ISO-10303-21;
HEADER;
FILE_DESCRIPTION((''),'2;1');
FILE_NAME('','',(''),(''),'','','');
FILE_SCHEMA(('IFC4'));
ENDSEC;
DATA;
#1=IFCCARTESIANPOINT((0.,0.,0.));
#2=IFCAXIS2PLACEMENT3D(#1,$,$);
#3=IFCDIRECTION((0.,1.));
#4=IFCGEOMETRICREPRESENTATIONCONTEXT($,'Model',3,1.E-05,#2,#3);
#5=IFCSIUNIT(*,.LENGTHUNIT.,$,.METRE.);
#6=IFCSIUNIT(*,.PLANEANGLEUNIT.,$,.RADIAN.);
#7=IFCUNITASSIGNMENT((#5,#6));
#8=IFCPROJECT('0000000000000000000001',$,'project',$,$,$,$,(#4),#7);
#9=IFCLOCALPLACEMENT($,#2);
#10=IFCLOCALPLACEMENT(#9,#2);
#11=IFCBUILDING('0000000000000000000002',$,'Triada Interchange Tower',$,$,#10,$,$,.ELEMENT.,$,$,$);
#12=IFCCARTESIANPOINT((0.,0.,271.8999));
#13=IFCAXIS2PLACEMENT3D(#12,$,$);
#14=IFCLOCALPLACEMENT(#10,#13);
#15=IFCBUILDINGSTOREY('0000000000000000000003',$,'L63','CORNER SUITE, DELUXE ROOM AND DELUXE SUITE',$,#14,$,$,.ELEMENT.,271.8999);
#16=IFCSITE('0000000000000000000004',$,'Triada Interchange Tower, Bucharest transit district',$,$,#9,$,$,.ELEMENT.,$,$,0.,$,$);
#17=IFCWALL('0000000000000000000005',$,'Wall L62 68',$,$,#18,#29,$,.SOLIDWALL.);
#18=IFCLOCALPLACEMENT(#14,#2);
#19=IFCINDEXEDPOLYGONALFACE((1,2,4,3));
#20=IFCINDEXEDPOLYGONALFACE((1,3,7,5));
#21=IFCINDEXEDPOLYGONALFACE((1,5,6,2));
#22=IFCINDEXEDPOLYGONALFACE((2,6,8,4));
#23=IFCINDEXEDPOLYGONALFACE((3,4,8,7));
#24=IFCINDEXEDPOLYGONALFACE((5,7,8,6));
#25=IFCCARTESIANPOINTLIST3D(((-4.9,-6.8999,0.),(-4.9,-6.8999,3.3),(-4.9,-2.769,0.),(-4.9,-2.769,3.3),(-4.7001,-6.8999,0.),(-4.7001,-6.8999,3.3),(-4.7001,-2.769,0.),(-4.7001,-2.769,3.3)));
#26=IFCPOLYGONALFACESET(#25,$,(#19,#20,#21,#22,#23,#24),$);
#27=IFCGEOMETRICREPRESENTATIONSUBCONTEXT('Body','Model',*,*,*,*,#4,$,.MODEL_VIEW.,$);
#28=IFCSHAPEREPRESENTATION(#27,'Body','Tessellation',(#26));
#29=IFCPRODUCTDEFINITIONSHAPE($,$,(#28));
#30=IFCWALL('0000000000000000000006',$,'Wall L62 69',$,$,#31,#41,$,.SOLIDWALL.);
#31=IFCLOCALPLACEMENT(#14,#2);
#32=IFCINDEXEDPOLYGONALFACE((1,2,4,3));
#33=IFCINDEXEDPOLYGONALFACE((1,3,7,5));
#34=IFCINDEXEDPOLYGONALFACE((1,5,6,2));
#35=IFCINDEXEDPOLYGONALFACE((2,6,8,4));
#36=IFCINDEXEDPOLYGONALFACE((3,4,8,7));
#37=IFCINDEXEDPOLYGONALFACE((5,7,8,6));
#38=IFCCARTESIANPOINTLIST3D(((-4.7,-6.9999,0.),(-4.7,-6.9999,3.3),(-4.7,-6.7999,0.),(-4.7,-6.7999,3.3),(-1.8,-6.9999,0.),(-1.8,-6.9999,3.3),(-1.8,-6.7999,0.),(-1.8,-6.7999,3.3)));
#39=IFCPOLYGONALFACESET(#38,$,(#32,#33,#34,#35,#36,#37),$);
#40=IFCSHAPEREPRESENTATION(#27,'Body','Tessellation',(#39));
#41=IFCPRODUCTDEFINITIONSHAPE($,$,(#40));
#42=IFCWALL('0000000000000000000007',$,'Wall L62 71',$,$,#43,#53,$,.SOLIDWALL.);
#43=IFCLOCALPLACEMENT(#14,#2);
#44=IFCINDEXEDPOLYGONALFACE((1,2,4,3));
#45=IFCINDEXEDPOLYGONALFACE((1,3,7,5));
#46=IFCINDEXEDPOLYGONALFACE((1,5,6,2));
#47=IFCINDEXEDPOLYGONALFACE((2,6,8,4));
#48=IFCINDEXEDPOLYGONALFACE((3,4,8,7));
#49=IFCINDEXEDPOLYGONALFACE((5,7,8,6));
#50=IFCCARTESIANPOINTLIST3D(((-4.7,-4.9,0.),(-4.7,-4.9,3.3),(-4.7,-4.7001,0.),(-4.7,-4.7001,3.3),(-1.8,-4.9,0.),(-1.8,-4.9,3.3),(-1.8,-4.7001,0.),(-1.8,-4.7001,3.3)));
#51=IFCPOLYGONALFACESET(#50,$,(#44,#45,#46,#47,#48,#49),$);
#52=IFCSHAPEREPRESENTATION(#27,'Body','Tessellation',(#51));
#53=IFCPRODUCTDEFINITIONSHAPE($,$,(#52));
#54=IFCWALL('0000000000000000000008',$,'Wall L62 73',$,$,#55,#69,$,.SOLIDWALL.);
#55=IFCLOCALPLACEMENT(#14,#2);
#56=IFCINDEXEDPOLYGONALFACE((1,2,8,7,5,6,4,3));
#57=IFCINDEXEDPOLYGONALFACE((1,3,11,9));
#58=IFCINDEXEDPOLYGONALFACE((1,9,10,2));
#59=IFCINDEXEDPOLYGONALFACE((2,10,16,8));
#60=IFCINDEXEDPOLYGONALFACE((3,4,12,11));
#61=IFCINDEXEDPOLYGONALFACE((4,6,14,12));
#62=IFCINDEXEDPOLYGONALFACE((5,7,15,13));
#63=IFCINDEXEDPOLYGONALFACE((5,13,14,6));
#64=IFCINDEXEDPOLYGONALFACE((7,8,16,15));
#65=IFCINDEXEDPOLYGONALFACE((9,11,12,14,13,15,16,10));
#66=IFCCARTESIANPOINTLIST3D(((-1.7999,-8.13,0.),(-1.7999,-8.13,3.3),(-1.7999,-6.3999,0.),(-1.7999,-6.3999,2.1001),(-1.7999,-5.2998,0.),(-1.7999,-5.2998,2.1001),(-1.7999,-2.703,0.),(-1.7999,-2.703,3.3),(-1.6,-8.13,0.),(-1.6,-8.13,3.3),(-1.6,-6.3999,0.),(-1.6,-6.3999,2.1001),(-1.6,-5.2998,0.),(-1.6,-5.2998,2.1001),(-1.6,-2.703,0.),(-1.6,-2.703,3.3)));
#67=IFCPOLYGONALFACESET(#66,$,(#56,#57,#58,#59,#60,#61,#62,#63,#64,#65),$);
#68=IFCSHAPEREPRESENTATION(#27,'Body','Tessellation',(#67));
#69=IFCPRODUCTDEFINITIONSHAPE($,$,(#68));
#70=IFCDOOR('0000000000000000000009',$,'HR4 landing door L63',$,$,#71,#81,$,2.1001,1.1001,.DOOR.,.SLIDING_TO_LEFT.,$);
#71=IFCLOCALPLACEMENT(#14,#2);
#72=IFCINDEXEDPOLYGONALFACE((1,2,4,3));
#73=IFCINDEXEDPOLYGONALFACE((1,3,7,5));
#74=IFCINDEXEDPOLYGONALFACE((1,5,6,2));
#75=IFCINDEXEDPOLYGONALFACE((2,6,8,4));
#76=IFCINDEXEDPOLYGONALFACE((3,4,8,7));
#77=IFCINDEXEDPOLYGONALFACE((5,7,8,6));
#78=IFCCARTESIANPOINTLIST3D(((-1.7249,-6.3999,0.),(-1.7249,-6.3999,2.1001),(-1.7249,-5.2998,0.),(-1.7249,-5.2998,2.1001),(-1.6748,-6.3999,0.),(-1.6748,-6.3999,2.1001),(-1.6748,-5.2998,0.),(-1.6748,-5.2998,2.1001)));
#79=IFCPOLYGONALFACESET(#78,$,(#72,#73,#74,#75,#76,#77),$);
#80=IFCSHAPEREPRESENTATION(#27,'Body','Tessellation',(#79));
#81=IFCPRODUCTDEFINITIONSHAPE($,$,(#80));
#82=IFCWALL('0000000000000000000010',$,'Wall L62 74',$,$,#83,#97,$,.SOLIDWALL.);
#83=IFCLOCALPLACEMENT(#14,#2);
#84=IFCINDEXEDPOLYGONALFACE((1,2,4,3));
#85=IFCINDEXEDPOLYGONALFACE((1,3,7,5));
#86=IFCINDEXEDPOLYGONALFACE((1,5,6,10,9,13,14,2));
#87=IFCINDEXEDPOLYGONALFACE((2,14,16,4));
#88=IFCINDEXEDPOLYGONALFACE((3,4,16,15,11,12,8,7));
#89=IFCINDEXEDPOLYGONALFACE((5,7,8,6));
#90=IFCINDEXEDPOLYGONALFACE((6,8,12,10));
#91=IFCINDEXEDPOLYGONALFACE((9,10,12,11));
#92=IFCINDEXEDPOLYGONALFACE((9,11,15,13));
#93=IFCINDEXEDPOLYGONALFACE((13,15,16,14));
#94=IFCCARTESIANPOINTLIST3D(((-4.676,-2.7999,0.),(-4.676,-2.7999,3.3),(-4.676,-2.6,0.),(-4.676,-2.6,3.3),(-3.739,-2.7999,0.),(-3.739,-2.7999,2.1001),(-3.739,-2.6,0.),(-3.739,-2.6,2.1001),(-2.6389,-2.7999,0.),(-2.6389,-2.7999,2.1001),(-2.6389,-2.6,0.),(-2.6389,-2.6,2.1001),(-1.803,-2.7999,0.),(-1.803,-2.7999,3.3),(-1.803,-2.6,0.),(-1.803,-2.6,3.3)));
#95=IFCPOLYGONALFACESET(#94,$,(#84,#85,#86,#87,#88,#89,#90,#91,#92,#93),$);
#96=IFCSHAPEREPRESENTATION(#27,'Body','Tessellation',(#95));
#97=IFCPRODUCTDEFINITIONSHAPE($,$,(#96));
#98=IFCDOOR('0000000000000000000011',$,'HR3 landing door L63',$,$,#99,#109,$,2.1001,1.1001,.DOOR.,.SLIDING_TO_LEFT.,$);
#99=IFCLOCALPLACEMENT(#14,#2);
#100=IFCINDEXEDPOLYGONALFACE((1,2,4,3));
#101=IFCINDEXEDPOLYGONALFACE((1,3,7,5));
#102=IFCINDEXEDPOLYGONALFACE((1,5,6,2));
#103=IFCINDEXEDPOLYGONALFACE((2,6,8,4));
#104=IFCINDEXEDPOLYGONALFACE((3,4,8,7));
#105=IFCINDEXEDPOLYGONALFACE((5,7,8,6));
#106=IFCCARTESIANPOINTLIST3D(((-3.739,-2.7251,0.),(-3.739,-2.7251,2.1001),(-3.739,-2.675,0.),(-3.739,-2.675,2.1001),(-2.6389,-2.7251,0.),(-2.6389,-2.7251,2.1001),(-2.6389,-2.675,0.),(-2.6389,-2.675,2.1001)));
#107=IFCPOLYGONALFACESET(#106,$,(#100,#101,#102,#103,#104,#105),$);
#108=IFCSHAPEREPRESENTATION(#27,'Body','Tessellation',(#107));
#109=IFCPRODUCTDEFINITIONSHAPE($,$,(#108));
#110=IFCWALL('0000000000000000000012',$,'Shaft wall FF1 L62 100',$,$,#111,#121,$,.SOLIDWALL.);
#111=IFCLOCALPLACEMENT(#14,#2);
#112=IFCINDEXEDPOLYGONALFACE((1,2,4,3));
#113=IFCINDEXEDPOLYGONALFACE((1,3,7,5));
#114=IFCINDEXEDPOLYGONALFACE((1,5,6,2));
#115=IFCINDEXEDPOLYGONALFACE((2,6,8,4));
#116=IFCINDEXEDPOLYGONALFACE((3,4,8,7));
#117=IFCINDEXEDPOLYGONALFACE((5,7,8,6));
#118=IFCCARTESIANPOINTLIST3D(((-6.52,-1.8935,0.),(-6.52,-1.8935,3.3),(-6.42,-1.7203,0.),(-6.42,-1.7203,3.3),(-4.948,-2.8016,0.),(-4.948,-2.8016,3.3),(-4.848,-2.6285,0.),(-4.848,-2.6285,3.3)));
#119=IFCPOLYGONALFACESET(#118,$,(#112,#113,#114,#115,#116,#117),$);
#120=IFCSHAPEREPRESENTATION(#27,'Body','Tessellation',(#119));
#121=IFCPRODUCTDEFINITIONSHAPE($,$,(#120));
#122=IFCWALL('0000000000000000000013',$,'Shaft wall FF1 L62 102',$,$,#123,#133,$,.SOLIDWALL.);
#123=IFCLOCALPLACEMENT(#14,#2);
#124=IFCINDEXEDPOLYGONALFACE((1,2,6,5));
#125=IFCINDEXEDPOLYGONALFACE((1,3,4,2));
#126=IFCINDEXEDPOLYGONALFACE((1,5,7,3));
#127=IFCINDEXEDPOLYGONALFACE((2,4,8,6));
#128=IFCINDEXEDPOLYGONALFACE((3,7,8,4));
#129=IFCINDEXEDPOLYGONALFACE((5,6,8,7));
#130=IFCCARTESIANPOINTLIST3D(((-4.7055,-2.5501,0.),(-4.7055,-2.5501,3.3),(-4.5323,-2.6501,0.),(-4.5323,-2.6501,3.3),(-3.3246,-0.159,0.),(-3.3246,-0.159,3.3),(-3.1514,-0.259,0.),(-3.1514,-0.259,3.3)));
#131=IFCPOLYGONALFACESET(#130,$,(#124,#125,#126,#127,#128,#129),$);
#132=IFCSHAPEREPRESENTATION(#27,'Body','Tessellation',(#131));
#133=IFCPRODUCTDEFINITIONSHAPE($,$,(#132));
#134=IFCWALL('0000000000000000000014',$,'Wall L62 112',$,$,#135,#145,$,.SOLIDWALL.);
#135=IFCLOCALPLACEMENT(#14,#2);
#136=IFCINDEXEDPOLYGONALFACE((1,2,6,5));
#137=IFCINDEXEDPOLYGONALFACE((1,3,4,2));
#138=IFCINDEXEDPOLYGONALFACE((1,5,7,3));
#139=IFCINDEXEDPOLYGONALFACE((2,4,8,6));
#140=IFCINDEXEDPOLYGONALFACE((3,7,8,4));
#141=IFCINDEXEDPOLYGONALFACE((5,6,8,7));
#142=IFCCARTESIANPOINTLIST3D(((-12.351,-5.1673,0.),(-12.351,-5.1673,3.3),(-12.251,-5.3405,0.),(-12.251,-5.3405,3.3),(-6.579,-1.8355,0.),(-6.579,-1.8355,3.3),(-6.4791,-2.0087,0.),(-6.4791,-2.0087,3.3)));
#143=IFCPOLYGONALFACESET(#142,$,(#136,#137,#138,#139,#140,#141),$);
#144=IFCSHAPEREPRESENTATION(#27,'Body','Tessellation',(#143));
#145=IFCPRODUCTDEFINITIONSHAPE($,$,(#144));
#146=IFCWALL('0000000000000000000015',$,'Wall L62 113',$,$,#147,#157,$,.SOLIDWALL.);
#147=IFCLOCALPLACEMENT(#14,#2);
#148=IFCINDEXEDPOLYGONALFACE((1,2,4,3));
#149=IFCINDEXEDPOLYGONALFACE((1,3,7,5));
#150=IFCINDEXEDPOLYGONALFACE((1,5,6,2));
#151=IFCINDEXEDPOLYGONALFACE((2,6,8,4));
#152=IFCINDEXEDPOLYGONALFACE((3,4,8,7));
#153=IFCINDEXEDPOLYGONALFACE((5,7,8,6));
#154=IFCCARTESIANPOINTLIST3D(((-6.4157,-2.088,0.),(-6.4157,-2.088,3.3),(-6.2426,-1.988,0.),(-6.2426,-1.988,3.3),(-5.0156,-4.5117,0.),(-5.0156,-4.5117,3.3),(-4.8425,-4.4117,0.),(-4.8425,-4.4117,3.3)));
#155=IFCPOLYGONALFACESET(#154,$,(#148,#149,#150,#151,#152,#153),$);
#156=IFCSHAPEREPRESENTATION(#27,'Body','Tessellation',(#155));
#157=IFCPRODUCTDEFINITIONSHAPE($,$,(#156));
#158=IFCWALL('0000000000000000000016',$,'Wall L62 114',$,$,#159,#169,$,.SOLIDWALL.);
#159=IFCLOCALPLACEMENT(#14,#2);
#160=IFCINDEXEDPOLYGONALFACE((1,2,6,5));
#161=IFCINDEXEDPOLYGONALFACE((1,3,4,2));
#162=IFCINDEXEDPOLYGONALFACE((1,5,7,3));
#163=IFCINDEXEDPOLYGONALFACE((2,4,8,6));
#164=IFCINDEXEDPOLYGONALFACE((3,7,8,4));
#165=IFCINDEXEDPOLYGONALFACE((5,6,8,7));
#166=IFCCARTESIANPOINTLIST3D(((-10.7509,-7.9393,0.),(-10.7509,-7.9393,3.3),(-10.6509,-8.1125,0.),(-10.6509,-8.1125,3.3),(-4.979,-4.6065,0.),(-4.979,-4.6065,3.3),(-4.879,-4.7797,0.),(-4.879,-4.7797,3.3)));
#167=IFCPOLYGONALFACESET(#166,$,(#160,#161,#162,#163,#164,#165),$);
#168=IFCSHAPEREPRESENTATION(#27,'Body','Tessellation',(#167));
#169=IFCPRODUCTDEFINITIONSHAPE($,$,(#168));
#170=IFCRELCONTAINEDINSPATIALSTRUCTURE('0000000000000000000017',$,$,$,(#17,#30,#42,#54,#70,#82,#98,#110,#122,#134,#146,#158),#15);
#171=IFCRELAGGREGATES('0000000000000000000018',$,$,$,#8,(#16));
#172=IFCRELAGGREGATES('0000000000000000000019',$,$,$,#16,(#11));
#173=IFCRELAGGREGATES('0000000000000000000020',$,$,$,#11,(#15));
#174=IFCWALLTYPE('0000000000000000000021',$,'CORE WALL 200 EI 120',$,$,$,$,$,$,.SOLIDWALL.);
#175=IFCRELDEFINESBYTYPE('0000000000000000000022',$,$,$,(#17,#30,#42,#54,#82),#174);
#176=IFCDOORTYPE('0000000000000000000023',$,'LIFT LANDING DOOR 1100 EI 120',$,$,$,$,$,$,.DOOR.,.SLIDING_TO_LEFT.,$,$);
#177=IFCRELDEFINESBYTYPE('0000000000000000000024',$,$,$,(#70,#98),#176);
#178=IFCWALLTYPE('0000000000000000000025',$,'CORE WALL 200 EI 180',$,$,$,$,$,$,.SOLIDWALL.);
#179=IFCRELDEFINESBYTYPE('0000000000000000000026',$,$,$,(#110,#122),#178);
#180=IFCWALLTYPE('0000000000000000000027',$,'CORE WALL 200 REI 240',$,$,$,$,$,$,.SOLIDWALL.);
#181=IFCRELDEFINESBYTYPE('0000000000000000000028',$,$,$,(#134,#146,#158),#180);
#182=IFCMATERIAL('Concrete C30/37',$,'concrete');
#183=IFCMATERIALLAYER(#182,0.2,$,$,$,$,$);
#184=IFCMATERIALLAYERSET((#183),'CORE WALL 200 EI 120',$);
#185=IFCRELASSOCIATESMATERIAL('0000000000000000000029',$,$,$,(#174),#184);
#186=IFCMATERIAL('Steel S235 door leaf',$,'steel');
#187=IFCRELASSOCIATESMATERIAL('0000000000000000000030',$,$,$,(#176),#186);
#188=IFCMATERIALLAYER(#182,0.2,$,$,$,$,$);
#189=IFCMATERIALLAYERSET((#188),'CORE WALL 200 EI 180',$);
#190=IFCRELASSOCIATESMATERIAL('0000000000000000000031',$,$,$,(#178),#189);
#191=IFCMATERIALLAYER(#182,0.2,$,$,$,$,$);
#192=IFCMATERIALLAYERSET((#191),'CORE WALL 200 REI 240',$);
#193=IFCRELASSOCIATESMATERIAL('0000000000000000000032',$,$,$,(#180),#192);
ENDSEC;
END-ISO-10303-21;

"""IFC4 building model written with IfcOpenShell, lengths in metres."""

from ifc_helpers import new_model, si_unit, direction, frame, frame_2d, origin, place, context, subcontext, project, spatial, rectangle, extrude, material, layer, layer_set, type_object, element, fill, save


model = new_model("IFC4")

# Units and contexts
model_context = context("Model", 3, precision=1e-05, world=origin(), true_north=direction((0.0, 1.0)))
body_context = subcontext(model_context, "Body", "Model", "MODEL_VIEW")
ifc_project = project(units=[si_unit("LENGTHUNIT", "METRE"), si_unit("PLANEANGLEUNIT", "RADIAN")], contexts=[model_context])

# Site, building, storey
site_placement = place(None, origin())
site = spatial("IfcSite", under=ifc_project, at=site_placement, Name="Triada Interchange Tower, Bucharest transit district", CompositionType="ELEMENT", RefElevation=0.0)
building_placement = place(site_placement, origin())
building = spatial("IfcBuilding", under=site, at=building_placement, Name="Triada Interchange Tower", CompositionType="ELEMENT")
storey_placement = place(building_placement, frame((0.0, 0.0, 271.8999)))
storey = spatial("IfcBuildingStorey", under=building, at=storey_placement, Name="L63", Description="CORNER SUITE, DELUXE ROOM AND DELUXE SUITE", CompositionType="ELEMENT", Elevation=271.8999)

# Walls
ifc_material_1 = material(Name="Concrete C30/37", Category="concrete")
ifc_layer_1 = layer(ifc_material_1, 0.2)
ifc_layer_set_1 = layer_set([ifc_layer_1], Name="CORE WALL 200 EI 120")
wall_type_1 = type_object("IfcWallType", Name="CORE WALL 200 EI 120", PredefinedType="SOLIDWALL", material=ifc_layer_set_1)
wall_1_placement = place(storey_placement, frame((-4.8, -6.8999, 0.0), z_axis=(0.0, 0.0, 1.0), x_axis=(0.0, 1.0, 0.0)))
element("IfcWall", 1, at=wall_1_placement, inside=storey, type_object=wall_type_1, Name="Wall L62 68", PredefinedType="SOLIDWALL", context=body_context, shape_type="SweptSolid", body=[
    extrude(rectangle(XDim=4.1309, YDim=0.2, at=frame_2d((2.0654, 0.0))), origin(), (0.0, 0.0, 1.0), 3.3),
])
for number, where, z_axis, x_axis, name in (
    (2, (-4.7, -6.8999, 0.0), (0.0, 0.0, 1.0), (1.0, 0.0, 0.0), "Wall L62 69"),
    (3, (-4.7, -4.8, 0.0), (0.0, 0.0, 1.0), (1.0, 0.0, 0.0), "Wall L62 71"),
):
    element("IfcWall", number, at=place(storey_placement, frame(where, z_axis=z_axis, x_axis=x_axis)), inside=storey, type_object=wall_type_1, Name=name, PredefinedType="SOLIDWALL", context=body_context, shape_type="SweptSolid", body=[
        extrude(rectangle(XDim=2.8999, YDim=0.2, at=frame_2d((1.45, 0.0))), origin(), (0.0, 0.0, 1.0), 3.3),
    ])

# Walls, openings, doors
wall_2_placement = place(storey_placement, frame((-1.7, -8.1299, 0.0), z_axis=(0.0, 0.0, 1.0), x_axis=(0.0, 1.0, 0.0)))
wall_2 = element("IfcWall", 4, at=wall_2_placement, inside=storey, type_object=wall_type_1, Name="Wall L62 73", PredefinedType="SOLIDWALL", context=body_context, shape_type="SweptSolid", body=[
    extrude(rectangle(XDim=5.427, YDim=0.2, at=frame_2d((2.7134, 0.0))), origin(), (0.0, 0.0, 1.0), 3.3),
])
opening_1_placement = place(wall_2_placement, frame((1.73, 0.0, 0.0)))
opening_1 = element("IfcOpeningElement", 5, at=opening_1_placement, cuts=wall_2, PredefinedType="OPENING", context=body_context, shape_type="SweptSolid", body=[
    extrude(rectangle(XDim=1.1001, YDim=2.1001, at=frame_2d((0.55, 1.05))), frame((0.0, 0.1099, 0.0), z_axis=(0.0, -1.0, 0.0), x_axis=(1.0, 0.0, 0.0)), (0.0, 0.0, 1.0), 0.22),
])
ifc_material_2 = material(Name="Steel S235 door leaf", Category="steel")
door_type_1 = type_object("IfcDoorType", Name="LIFT LANDING DOOR 1100 EI 120", OperationType="SLIDING_TO_LEFT", PredefinedType="DOOR", material=ifc_material_2)
door_1_placement = place(opening_1_placement, origin())
door_1 = element("IfcDoor", 6, at=door_1_placement, inside=storey, type_object=door_type_1, Name="HR4 landing door L63", OperationType="SLIDING_TO_LEFT", OverallHeight=2.1001, OverallWidth=1.1001, PredefinedType="DOOR", context=body_context, shape_type="SweptSolid", body=[
    extrude(rectangle(XDim=1.1001, YDim=2.1001, at=frame_2d((0.55, 1.05))), frame((0.0, 0.0249, 0.0), z_axis=(0.0, -1.0, 0.0), x_axis=(1.0, 0.0, 0.0)), (0.0, 0.0, 1.0), 0.05),
])
fill(opening_1, door_1)
wall_3_placement = place(storey_placement, frame((-4.676, -2.7, 0.0), z_axis=(0.0, 0.0, 1.0), x_axis=(1.0, 0.0, 0.0)))
wall_3 = element("IfcWall", 7, at=wall_3_placement, inside=storey, type_object=wall_type_1, Name="Wall L62 74", PredefinedType="SOLIDWALL", context=body_context, shape_type="SweptSolid", body=[
    extrude(rectangle(XDim=2.873, YDim=0.2, at=frame_2d((1.4365, 0.0))), origin(), (0.0, 0.0, 1.0), 3.3),
])
opening_2_placement = place(wall_3_placement, frame((0.937, 0.0, 0.0)))
opening_2 = element("IfcOpeningElement", 8, at=opening_2_placement, cuts=wall_3, PredefinedType="OPENING", context=body_context, shape_type="SweptSolid", body=[
    extrude(rectangle(XDim=1.1001, YDim=2.1001, at=frame_2d((0.55, 1.05))), frame((0.0, 0.1099, 0.0), z_axis=(0.0, -1.0, 0.0), x_axis=(1.0, 0.0, 0.0)), (0.0, 0.0, 1.0), 0.22),
])
door_2_placement = place(opening_2_placement, origin())
door_2 = element("IfcDoor", 9, at=door_2_placement, inside=storey, type_object=door_type_1, Name="HR3 landing door L63", OperationType="SLIDING_TO_LEFT", OverallHeight=2.1001, OverallWidth=1.1001, PredefinedType="DOOR", context=body_context, shape_type="SweptSolid", body=[
    extrude(rectangle(XDim=1.1001, YDim=2.1001, at=frame_2d((0.55, 1.05))), frame((0.0, 0.0249, 0.0), z_axis=(0.0, -1.0, 0.0), x_axis=(1.0, 0.0, 0.0)), (0.0, 0.0, 1.0), 0.05),
])
fill(opening_2, door_2)

# Walls
ifc_layer_2 = layer(ifc_material_1, 0.2)
ifc_layer_set_2 = layer_set([ifc_layer_2], Name="CORE WALL 200 EI 180")
wall_type_2 = type_object("IfcWallType", Name="CORE WALL 200 EI 180", PredefinedType="SOLIDWALL", material=ifc_layer_set_2)
wall_4_placement = place(storey_placement, frame((-6.47, -1.8069, 0.0), z_axis=(0.0, 0.0, 1.0), x_axis=(0.865883, -0.500246, 0.0)))
element("IfcWall", 10, at=wall_4_placement, inside=storey, type_object=wall_type_2, Name="Shaft wall FF1 L62 100", PredefinedType="SOLIDWALL", context=body_context, shape_type="SweptSolid", body=[
    extrude(rectangle(XDim=1.8154, YDim=0.2, at=frame_2d((0.9077, 0.0))), origin(), (0.0, 0.0, 1.0), 3.3),
])
wall_5_placement = place(storey_placement, frame((-4.6189, -2.6001, 0.0), z_axis=(0.0, 0.0, 1.0), x_axis=(0.500095, 0.865971, 0.0)))
element("IfcWall", 11, at=wall_5_placement, inside=storey, type_object=wall_type_2, Name="Shaft wall FF1 L62 102", PredefinedType="SOLIDWALL", context=body_context, shape_type="SweptSolid", body=[
    extrude(rectangle(XDim=2.7612, YDim=0.2, at=frame_2d((1.3806, 0.0))), origin(), (0.0, 0.0, 1.0), 3.3),
])
ifc_layer_3 = layer(ifc_material_1, 0.2)
ifc_layer_set_3 = layer_set([ifc_layer_3], Name="CORE WALL 200 REI 240")
wall_type_3 = type_object("IfcWallType", Name="CORE WALL 200 REI 240", PredefinedType="SOLIDWALL", material=ifc_layer_set_3)
wall_6_placement = place(storey_placement, frame((-12.301, -5.2539, 0.0), z_axis=(0.0, 0.0, 1.0), x_axis=(0.866068, 0.499925, 0.0)))
element("IfcWall", 12, at=wall_6_placement, inside=storey, type_object=wall_type_3, Name="Wall L62 112", PredefinedType="SOLIDWALL", context=body_context, shape_type="SweptSolid", body=[
    extrude(rectangle(XDim=6.6646, YDim=0.2, at=frame_2d((3.3323, 0.0))), origin(), (0.0, 0.0, 1.0), 3.3),
])
wall_7_placement = place(storey_placement, frame((-6.3291, -2.0381, 0.0), z_axis=(0.0, 0.0, 1.0), x_axis=(0.500201, -0.86591, 0.0)))
element("IfcWall", 13, at=wall_7_placement, inside=storey, type_object=wall_type_3, Name="Wall L62 113", PredefinedType="SOLIDWALL", context=body_context, shape_type="SweptSolid", body=[
    extrude(rectangle(XDim=2.7991, YDim=0.2, at=frame_2d((1.3994, 0.0))), origin(), (0.0, 0.0, 1.0), 3.3),
])
wall_8_placement = place(storey_placement, frame((-10.7009, -8.0259, 0.0), z_axis=(0.0, 0.0, 1.0), x_axis=(0.866005, 0.500035, 0.0)))
element("IfcWall", 14, at=wall_8_placement, inside=storey, type_object=wall_type_3, Name="Wall L62 114", PredefinedType="SOLIDWALL", context=body_context, shape_type="SweptSolid", body=[
    extrude(rectangle(XDim=6.665, YDim=0.2, at=frame_2d((3.3325, 0.0))), origin(), (0.0, 0.0, 1.0), 3.3),
])

save(model, "model.ifc")
